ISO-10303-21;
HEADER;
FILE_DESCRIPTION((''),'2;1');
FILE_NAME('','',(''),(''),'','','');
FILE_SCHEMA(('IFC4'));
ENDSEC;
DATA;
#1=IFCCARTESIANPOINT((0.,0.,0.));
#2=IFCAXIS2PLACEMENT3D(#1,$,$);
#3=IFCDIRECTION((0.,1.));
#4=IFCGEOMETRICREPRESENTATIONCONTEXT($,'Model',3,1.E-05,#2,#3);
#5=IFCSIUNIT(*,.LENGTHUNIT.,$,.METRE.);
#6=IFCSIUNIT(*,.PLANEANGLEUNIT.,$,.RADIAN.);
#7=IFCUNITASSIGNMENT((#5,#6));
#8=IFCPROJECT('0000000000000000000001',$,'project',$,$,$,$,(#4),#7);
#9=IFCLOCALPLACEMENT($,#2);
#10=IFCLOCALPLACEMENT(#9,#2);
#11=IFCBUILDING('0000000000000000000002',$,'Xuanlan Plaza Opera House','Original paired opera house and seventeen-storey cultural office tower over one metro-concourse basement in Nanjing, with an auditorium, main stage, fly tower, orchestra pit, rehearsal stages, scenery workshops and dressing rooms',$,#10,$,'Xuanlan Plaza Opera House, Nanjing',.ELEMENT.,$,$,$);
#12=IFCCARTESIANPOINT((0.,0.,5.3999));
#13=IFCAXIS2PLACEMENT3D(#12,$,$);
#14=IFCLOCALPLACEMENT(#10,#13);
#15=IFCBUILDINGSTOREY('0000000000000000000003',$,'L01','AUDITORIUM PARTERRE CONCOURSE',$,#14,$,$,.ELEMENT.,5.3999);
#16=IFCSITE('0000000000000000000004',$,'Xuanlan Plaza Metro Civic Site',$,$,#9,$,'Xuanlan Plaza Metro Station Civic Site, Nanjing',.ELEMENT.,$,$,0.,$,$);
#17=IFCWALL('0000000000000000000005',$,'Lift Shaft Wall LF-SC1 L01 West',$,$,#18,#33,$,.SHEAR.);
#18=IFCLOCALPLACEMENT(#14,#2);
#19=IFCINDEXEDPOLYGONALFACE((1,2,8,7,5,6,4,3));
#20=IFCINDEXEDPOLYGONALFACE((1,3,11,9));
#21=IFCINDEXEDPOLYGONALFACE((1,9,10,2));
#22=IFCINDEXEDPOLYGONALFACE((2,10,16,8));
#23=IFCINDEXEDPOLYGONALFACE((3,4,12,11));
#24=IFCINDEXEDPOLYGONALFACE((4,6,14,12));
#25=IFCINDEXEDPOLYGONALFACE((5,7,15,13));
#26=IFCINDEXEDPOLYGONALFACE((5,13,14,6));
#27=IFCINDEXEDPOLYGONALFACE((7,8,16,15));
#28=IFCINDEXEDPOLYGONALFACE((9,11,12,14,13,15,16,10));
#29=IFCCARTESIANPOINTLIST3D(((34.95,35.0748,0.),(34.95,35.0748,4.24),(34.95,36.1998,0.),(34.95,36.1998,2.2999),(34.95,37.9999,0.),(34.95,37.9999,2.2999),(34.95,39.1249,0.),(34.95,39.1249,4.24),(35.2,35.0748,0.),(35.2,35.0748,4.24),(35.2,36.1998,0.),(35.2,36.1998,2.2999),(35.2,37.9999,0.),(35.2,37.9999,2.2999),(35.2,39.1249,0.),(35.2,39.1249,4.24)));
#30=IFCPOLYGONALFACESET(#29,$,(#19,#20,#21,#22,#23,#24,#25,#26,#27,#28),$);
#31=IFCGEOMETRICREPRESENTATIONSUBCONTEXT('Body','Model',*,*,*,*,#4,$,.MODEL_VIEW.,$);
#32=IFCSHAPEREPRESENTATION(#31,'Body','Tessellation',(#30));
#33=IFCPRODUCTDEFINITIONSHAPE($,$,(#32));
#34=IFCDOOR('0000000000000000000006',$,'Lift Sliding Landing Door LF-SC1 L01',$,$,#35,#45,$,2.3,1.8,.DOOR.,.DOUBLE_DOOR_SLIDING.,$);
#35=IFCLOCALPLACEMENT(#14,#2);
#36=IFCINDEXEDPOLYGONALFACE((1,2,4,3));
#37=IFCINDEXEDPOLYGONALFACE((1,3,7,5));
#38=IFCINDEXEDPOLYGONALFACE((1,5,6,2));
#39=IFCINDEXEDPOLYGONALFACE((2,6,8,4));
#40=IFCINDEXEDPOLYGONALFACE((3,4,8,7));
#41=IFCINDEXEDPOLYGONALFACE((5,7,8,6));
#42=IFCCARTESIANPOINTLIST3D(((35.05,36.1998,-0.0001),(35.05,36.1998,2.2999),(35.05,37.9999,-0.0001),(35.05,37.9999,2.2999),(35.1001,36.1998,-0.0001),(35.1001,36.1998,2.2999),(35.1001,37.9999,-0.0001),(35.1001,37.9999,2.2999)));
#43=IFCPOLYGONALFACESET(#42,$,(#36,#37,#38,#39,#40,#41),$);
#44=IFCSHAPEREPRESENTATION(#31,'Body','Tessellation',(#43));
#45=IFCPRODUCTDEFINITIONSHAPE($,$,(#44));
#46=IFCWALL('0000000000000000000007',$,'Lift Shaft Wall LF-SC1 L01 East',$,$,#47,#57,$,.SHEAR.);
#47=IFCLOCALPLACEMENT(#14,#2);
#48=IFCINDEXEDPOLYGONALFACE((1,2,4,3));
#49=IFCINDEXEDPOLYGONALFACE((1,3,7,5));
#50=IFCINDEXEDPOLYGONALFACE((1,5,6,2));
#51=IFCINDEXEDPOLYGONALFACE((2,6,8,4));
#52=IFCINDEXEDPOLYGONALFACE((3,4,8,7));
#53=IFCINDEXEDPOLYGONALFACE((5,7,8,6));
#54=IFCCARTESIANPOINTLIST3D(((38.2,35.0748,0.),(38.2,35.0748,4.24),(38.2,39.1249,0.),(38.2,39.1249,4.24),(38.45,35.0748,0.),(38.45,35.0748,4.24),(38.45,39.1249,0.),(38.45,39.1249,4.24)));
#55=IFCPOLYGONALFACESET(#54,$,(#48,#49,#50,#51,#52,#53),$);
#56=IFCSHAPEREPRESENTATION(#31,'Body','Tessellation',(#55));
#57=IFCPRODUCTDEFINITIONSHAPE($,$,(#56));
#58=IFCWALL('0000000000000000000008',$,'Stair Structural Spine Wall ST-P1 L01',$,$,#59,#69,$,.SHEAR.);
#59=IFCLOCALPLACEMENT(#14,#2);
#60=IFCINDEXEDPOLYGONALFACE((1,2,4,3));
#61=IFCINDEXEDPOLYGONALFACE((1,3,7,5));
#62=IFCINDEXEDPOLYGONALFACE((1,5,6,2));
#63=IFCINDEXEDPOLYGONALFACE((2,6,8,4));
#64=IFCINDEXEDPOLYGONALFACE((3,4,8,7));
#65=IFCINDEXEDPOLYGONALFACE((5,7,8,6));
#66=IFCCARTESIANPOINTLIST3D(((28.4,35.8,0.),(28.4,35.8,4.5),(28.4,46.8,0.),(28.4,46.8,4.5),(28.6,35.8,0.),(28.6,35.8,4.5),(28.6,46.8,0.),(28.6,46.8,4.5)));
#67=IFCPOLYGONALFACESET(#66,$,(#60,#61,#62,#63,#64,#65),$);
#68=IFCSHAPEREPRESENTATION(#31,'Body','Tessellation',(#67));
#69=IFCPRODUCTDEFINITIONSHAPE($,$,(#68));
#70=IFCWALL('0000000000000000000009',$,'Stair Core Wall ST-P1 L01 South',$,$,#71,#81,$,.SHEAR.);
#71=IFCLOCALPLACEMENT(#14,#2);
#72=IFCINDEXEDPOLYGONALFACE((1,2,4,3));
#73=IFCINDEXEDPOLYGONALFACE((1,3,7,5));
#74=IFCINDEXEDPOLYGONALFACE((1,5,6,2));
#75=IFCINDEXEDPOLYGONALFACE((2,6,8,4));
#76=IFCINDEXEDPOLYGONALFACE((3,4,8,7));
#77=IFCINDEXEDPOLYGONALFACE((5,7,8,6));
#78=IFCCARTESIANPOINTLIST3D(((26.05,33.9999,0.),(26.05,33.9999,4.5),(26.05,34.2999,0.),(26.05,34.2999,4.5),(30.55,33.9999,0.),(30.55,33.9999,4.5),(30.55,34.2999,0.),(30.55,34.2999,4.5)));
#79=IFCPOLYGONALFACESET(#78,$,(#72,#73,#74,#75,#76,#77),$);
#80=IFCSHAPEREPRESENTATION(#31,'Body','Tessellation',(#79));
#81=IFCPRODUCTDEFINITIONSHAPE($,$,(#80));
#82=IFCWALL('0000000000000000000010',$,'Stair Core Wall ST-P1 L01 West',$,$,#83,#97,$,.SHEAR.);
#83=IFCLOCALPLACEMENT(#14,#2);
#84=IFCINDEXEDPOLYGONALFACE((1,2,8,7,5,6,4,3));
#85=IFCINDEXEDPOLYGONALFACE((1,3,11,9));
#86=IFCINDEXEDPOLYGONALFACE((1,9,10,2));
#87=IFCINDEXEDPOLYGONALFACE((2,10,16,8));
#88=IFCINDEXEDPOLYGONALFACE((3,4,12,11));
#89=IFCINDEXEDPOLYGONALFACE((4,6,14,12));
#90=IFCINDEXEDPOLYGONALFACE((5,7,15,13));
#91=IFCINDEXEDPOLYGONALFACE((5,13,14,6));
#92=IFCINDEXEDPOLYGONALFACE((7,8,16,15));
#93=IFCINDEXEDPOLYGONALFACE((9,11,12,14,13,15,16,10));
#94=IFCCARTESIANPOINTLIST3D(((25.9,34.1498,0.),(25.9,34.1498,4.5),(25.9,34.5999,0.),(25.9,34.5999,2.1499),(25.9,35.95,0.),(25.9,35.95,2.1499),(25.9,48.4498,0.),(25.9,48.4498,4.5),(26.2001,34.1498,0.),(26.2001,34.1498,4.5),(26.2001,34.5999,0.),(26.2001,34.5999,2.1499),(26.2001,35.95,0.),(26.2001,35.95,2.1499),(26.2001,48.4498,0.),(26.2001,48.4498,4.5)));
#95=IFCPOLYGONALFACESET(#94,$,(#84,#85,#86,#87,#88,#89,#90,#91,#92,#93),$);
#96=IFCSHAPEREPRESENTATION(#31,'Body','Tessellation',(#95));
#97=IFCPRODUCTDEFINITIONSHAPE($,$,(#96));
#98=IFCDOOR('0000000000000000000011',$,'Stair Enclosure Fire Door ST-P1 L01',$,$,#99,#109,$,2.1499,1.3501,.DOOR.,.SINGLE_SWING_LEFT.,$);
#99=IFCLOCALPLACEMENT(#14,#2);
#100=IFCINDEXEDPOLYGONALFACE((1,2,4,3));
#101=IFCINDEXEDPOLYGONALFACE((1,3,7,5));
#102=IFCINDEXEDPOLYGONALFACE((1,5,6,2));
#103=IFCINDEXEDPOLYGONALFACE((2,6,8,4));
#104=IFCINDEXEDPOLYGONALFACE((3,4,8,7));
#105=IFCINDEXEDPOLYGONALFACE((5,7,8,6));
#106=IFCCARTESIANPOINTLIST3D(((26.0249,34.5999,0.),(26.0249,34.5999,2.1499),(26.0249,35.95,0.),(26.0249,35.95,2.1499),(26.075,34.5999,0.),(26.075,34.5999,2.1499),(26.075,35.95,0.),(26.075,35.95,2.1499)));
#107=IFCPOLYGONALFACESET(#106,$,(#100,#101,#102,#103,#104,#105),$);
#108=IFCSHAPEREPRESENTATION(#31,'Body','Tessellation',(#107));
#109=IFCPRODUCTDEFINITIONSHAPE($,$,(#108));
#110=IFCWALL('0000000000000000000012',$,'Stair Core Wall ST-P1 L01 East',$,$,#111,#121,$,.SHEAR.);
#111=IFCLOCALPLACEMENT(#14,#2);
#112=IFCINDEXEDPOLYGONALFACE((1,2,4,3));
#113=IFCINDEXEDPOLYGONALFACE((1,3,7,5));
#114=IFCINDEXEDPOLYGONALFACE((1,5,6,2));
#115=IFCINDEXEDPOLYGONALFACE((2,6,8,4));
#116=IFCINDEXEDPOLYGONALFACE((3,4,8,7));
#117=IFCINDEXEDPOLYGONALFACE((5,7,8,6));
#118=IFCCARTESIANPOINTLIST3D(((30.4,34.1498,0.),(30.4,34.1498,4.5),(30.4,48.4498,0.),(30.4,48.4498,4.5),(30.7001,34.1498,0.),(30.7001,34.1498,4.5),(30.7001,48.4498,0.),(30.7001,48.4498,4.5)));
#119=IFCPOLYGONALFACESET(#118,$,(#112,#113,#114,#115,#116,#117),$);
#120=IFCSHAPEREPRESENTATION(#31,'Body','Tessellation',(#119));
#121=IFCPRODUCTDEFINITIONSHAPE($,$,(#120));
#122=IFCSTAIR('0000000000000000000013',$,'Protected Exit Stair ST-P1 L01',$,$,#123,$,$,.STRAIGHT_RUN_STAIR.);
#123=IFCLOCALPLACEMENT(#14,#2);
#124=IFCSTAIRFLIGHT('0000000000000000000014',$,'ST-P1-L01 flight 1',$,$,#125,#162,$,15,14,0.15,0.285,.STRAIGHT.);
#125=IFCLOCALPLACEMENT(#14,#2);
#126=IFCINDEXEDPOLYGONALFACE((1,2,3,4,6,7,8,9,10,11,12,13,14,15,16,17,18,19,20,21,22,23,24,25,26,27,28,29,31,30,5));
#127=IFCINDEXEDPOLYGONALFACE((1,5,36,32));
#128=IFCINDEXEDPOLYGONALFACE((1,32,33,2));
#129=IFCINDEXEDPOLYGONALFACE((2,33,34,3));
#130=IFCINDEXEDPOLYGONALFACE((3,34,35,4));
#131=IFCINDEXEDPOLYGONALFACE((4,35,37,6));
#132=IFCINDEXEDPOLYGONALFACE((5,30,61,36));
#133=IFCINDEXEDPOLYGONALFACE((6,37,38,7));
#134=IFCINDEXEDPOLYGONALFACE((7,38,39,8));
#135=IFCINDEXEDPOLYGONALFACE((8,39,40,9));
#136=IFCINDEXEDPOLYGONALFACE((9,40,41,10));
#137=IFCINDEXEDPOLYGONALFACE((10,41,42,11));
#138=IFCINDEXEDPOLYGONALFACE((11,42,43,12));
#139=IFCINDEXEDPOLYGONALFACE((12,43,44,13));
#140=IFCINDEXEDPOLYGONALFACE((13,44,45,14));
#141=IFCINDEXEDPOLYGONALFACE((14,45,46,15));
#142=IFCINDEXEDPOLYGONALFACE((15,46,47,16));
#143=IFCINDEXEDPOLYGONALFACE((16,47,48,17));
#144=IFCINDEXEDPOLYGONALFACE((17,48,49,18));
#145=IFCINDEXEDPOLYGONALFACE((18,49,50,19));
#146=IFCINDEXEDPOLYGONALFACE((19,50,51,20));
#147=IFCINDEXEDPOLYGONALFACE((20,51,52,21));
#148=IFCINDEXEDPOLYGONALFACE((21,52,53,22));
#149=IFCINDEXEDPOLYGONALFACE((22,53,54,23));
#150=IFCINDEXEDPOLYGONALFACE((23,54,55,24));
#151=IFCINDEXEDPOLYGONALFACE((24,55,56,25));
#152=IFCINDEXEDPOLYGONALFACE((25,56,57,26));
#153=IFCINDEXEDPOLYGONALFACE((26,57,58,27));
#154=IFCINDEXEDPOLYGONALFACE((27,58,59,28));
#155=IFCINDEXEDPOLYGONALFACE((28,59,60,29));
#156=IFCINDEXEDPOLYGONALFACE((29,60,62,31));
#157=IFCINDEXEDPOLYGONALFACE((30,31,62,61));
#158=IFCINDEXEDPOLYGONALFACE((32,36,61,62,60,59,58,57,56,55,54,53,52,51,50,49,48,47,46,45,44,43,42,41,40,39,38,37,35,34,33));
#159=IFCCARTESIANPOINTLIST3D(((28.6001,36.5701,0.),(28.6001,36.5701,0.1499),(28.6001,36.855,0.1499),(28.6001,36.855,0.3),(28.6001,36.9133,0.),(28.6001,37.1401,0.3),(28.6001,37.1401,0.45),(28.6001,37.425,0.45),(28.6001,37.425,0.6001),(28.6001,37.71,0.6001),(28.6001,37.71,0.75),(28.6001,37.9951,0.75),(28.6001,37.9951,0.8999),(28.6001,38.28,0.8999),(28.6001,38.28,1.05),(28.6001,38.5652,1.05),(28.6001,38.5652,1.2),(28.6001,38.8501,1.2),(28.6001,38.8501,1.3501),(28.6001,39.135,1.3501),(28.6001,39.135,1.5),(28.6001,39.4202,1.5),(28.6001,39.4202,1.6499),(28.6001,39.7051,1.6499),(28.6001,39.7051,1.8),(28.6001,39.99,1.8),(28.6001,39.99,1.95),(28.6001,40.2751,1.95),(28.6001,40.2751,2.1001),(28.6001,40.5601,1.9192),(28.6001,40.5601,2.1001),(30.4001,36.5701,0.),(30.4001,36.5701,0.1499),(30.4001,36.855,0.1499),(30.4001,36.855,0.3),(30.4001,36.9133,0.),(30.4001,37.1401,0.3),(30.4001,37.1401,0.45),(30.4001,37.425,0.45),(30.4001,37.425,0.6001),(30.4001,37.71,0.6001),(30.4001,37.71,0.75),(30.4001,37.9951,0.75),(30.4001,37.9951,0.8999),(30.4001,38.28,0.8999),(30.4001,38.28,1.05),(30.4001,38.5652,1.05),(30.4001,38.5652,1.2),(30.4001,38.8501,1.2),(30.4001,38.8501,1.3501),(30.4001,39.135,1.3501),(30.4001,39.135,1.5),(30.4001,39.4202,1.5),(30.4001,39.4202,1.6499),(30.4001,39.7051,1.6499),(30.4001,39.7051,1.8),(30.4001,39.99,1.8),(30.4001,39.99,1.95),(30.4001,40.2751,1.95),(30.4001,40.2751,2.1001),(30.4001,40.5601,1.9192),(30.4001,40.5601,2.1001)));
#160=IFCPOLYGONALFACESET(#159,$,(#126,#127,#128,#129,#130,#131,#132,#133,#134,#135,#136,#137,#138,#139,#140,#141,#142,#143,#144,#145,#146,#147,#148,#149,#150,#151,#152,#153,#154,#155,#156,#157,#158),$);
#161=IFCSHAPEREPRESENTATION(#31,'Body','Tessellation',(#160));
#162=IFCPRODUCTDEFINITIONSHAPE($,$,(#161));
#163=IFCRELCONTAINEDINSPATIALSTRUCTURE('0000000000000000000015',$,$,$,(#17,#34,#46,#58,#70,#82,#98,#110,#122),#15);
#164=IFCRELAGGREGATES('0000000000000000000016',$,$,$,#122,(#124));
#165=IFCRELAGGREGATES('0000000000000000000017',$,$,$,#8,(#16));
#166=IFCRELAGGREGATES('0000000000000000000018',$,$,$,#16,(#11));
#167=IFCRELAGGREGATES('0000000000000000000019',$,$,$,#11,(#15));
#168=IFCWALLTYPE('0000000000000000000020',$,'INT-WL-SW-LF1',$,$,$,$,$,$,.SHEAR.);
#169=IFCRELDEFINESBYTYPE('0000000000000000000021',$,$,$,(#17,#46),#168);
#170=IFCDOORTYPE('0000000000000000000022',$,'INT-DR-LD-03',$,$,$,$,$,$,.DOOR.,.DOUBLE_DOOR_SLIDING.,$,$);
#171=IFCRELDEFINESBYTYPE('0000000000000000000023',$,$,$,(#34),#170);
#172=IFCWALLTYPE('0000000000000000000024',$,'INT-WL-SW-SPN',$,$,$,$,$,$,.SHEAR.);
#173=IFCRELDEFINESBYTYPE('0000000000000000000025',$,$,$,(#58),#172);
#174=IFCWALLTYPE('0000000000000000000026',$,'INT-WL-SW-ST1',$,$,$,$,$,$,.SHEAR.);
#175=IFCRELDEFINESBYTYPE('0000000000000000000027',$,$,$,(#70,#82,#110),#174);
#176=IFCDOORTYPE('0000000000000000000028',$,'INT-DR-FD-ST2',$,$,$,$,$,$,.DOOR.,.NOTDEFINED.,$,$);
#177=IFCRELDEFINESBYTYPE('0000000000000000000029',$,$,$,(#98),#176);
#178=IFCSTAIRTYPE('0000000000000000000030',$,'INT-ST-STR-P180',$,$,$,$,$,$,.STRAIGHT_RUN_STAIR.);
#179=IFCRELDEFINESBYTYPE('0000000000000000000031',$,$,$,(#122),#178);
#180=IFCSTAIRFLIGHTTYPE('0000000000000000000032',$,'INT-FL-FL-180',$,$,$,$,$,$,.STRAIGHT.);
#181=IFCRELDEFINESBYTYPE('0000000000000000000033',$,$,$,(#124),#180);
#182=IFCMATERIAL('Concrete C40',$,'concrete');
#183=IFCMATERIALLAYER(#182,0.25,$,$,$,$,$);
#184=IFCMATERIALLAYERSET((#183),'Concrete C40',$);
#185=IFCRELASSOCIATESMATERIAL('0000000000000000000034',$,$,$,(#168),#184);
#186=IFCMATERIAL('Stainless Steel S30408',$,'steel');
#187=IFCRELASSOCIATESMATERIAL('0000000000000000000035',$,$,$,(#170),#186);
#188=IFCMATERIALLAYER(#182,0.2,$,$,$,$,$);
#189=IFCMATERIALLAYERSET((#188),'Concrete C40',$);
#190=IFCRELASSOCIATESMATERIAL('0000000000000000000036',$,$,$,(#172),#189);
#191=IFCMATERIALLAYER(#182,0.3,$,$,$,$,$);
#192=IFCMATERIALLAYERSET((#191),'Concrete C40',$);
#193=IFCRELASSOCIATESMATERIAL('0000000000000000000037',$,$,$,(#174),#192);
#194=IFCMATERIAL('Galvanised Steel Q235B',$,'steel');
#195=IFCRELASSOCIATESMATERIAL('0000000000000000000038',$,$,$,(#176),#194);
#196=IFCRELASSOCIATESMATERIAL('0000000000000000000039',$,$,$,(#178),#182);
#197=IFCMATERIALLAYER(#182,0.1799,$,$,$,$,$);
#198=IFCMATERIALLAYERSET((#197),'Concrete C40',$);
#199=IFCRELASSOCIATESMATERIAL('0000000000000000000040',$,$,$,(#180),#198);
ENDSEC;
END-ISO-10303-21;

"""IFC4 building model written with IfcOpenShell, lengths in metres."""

from ifc_helpers import new_model, si_unit, direction, frame, frame_2d, origin, place, context, subcontext, project, spatial, polyline, rectangle, outline, extrude, material, layer, layer_set, type_object, element, fill, aggregate, save


model = new_model("IFC4")

# Units and contexts
model_context = context("Model", 3, precision=1e-05, world=origin(), true_north=direction((0.0, 1.0)))
body_context = subcontext(model_context, "Body", "Model", "MODEL_VIEW")
ifc_project = project(units=[si_unit("LENGTHUNIT", "METRE"), si_unit("PLANEANGLEUNIT", "RADIAN")], contexts=[model_context])

# Site, building, storey
site_placement = place(None, origin())
site = spatial("IfcSite", under=ifc_project, at=site_placement, Name="Xuanlan Plaza Metro Civic Site", LongName="Xuanlan Plaza Metro Station Civic Site, Nanjing", CompositionType="ELEMENT", RefElevation=0.0)
building_placement = place(site_placement, origin())
building = spatial("IfcBuilding", under=site, at=building_placement, Name="Xuanlan Plaza Opera House", Description="Original paired opera house and seventeen-storey cultural office tower over one metro-concourse basement in Nanjing, with an auditorium, main stage, fly tower, orchestra pit, rehearsal stages, scenery workshops and dressing rooms", LongName="Xuanlan Plaza Opera House, Nanjing", CompositionType="ELEMENT")
storey_placement = place(building_placement, frame((0.0, 0.0, 5.3999)))
storey = spatial("IfcBuildingStorey", under=building, at=storey_placement, Name="L01", Description="AUDITORIUM PARTERRE CONCOURSE", CompositionType="ELEMENT", Elevation=5.3999)

# Shared definitions
ifc_material_1 = material(Name="Concrete C40", Category="concrete")

# Shared definitions
ifc_layer_1 = layer(ifc_material_1, 0.25)
ifc_layer_set_1 = layer_set([ifc_layer_1], Name="Concrete C40")
wall_type_1 = type_object("IfcWallType", Name="INT-WL-SW-LF1", PredefinedType="SHEAR", material=ifc_layer_set_1)

# Wall, opening, door
wall_1_placement = place(storey_placement, frame((35.075, 35.075, 0.0), z_axis=(0.0, 0.0, 1.0), x_axis=(0.0, 1.0, 0.0)))
wall_1 = element("IfcWall", 1, at=wall_1_placement, inside=storey, type_object=wall_type_1, Name="Lift Shaft Wall LF-SC1 L01 West", PredefinedType="SHEAR", context=body_context, shape_type="SweptSolid", body=[
    extrude(rectangle(XDim=4.05, YDim=0.25, at=frame_2d((2.0249, 0.0))), origin(), (0.0, 0.0, 1.0), 4.24),
])
opening_1_placement = place(wall_1_placement, frame((1.125, 0.0, 0.0)))
opening_1 = element("IfcOpeningElement", 2, at=opening_1_placement, cuts=wall_1, PredefinedType="OPENING", context=body_context, shape_type="SweptSolid", body=[
    extrude(rectangle(XDim=1.8, YDim=2.3, at=frame_2d((0.8999, 1.1499))), frame((0.0, 0.135, 0.0), z_axis=(0.0, -1.0, 0.0), x_axis=(1.0, 0.0, 0.0)), (0.0, 0.0, 1.0), 0.27),
])
ifc_material_2 = material(Name="Stainless Steel S30408", Category="steel")
door_type_1 = type_object("IfcDoorType", Name="INT-DR-LD-03", OperationType="DOUBLE_DOOR_SLIDING", PredefinedType="DOOR", material=ifc_material_2)
door_1_placement = place(opening_1_placement, origin())
door_1 = element("IfcDoor", 3, at=door_1_placement, inside=storey, type_object=door_type_1, Name="Lift Sliding Landing Door LF-SC1 L01", OperationType="DOUBLE_DOOR_SLIDING", OverallHeight=2.3, OverallWidth=1.8, PredefinedType="DOOR", context=body_context, shape_type="SweptSolid", body=[
    extrude(rectangle(XDim=1.8, YDim=2.3, at=frame_2d((0.8999, 1.1499))), frame((0.0, 0.0249, 0.0), z_axis=(0.0, -1.0, 0.0), x_axis=(1.0, 0.0, 0.0)), (0.0, 0.0, 1.0), 0.05),
])
fill(opening_1, door_1)

# Walls
wall_2_placement = place(storey_placement, frame((38.325, 35.075, 0.0), z_axis=(0.0, 0.0, 1.0), x_axis=(0.0, 1.0, 0.0)))
element("IfcWall", 4, at=wall_2_placement, inside=storey, type_object=wall_type_1, Name="Lift Shaft Wall LF-SC1 L01 East", PredefinedType="SHEAR", context=body_context, shape_type="SweptSolid", body=[
    extrude(rectangle(XDim=4.05, YDim=0.25, at=frame_2d((2.0249, 0.0))), origin(), (0.0, 0.0, 1.0), 4.24),
])
ifc_layer_2 = layer(ifc_material_1, 0.2)
ifc_layer_set_2 = layer_set([ifc_layer_2], Name="Concrete C40")
wall_type_2 = type_object("IfcWallType", Name="INT-WL-SW-SPN", PredefinedType="SHEAR", material=ifc_layer_set_2)
wall_3_placement = place(storey_placement, frame((28.5, 35.8, 0.0), z_axis=(0.0, 0.0, 1.0), x_axis=(0.0, 1.0, 0.0)))
element("IfcWall", 5, at=wall_3_placement, inside=storey, type_object=wall_type_2, Name="Stair Structural Spine Wall ST-P1 L01", PredefinedType="SHEAR", context=body_context, shape_type="SweptSolid", body=[
    extrude(rectangle(XDim=11.0, YDim=0.2, at=frame_2d((5.5, 0.0))), origin(), (0.0, 0.0, 1.0), 4.5),
])
ifc_layer_3 = layer(ifc_material_1, 0.3)
ifc_layer_set_3 = layer_set([ifc_layer_3], Name="Concrete C40")
wall_type_3 = type_object("IfcWallType", Name="INT-WL-SW-ST1", PredefinedType="SHEAR", material=ifc_layer_set_3)
wall_4_placement = place(storey_placement, frame((26.05, 34.1499, 0.0), z_axis=(0.0, 0.0, 1.0), x_axis=(1.0, 0.0, 0.0)))
element("IfcWall", 6, at=wall_4_placement, inside=storey, type_object=wall_type_3, Name="Stair Core Wall ST-P1 L01 South", PredefinedType="SHEAR", context=body_context, shape_type="SweptSolid", body=[
    extrude(rectangle(XDim=4.5, YDim=0.3, at=frame_2d((2.25, 0.0))), origin(), (0.0, 0.0, 1.0), 4.5),
])

# Wall, opening, door
wall_5_placement = place(storey_placement, frame((26.05, 34.1499, 0.0), z_axis=(0.0, 0.0, 1.0), x_axis=(0.0, 1.0, 0.0)))
wall_5 = element("IfcWall", 7, at=wall_5_placement, inside=storey, type_object=wall_type_3, Name="Stair Core Wall ST-P1 L01 West", PredefinedType="SHEAR", context=body_context, shape_type="SweptSolid", body=[
    extrude(rectangle(XDim=14.3, YDim=0.3, at=frame_2d((7.1499, 0.0))), origin(), (0.0, 0.0, 1.0), 4.5),
])
opening_2_placement = place(wall_5_placement, frame((0.45, 0.0, 0.0)))
opening_2 = element("IfcOpeningElement", 8, at=opening_2_placement, cuts=wall_5, PredefinedType="OPENING", context=body_context, shape_type="SweptSolid", body=[
    extrude(rectangle(XDim=1.3501, YDim=2.1499, at=frame_2d((0.675, 1.075))), frame((0.0, 0.1599, 0.0), z_axis=(0.0, -1.0, 0.0), x_axis=(1.0, 0.0, 0.0)), (0.0, 0.0, 1.0), 0.3201),
])
ifc_material_3 = material(Name="Galvanised Steel Q235B", Category="steel")
door_type_2 = type_object("IfcDoorType", Name="INT-DR-FD-ST2", OperationType="NOTDEFINED", PredefinedType="DOOR", material=ifc_material_3)
door_2_placement = place(opening_2_placement, frame((1.3501, 0.0, 0.0), z_axis=(0.0, 0.0, 1.0), x_axis=(-1.0, 0.0, 0.0)))
door_2 = element("IfcDoor", 9, at=door_2_placement, inside=storey, type_object=door_type_2, Name="Stair Enclosure Fire Door ST-P1 L01", OperationType="SINGLE_SWING_LEFT", OverallHeight=2.1499, OverallWidth=1.3501, PredefinedType="DOOR", context=body_context, shape_type="SweptSolid", body=[
    extrude(rectangle(XDim=1.3501, YDim=2.1499, at=frame_2d((0.675, 1.075))), frame((0.0, 0.0249, 0.0), z_axis=(0.0, -1.0, 0.0), x_axis=(1.0, 0.0, 0.0)), (0.0, 0.0, 1.0), 0.05),
])
fill(opening_2, door_2)

# Wall
wall_6_placement = place(storey_placement, frame((30.55, 34.1499, 0.0), z_axis=(0.0, 0.0, 1.0), x_axis=(0.0, 1.0, 0.0)))
element("IfcWall", 10, at=wall_6_placement, inside=storey, type_object=wall_type_3, Name="Stair Core Wall ST-P1 L01 East", PredefinedType="SHEAR", context=body_context, shape_type="SweptSolid", body=[
    extrude(rectangle(XDim=14.3, YDim=0.3, at=frame_2d((7.1499, 0.0))), origin(), (0.0, 0.0, 1.0), 4.5),
])

# Stair, stair flight
stair_type = type_object("IfcStairType", Name="INT-ST-STR-P180", PredefinedType="STRAIGHT_RUN_STAIR", material=ifc_material_1)
stair_placement = place(storey_placement, origin())
stair = element("IfcStair", 11, at=stair_placement, inside=storey, type_object=stair_type, Name="Protected Exit Stair ST-P1 L01", PredefinedType="STRAIGHT_RUN_STAIR")
ifc_layer_4 = layer(ifc_material_1, 0.1799)
ifc_layer_set_4 = layer_set([ifc_layer_4], Name="Concrete C40")
stair_flight_type = type_object("IfcStairFlightType", Name="INT-FL-FL-180", PredefinedType="STRAIGHT", material=ifc_layer_set_4)
stair_flight_placement = place(storey_placement, frame((29.5, 36.5701, 0.0), z_axis=(0.0, 0.0, 1.0), x_axis=(0.0, 1.0, 0.0)))
stair_flight = element("IfcStairFlight", 12, at=stair_flight_placement, type_object=stair_flight_type, Name="ST-P1-L01 flight 1", NumberOfRisers=15, NumberOfTreads=14, PredefinedType="STRAIGHT", RiserHeight=0.15, TreadLength=0.285, context=body_context, shape_type="SweptSolid", body=[
    extrude(outline(polyline([(0.0, 0.0), (0.0, 0.1499), (0.2849, 0.1499), (0.2849, 0.3), (0.5701, 0.3), (0.5701, 0.45), (0.855, 0.45), (0.855, 0.6001), (1.1399, 0.6001), (1.1399, 0.75), (1.425, 0.75), (1.425, 0.8999), (1.71, 0.8999), (1.71, 1.05), (1.9951, 1.05), (1.9951, 1.2), (2.28, 1.2), (2.28, 1.3501), (2.5649, 1.3501), (2.5649, 1.5), (2.8501, 1.5), (2.8501, 1.6499), (3.135, 1.6499), (3.135, 1.8), (3.4199, 1.8), (3.4199, 1.95), (3.7051, 1.95), (3.7051, 2.1001), (3.99, 2.1001), (3.99, 2.25), (3.99, 1.9192), (0.3433, 0.0), (0.0, 0.0)])), frame((0.0, 0.8999, 0.0), z_axis=(0.0, -1.0, 0.0), x_axis=(1.0, 0.0, 0.0)), (0.0, 0.0, 1.0), 1.8),
])
aggregate(stair, [stair_flight])

save(model, "model.ifc")
